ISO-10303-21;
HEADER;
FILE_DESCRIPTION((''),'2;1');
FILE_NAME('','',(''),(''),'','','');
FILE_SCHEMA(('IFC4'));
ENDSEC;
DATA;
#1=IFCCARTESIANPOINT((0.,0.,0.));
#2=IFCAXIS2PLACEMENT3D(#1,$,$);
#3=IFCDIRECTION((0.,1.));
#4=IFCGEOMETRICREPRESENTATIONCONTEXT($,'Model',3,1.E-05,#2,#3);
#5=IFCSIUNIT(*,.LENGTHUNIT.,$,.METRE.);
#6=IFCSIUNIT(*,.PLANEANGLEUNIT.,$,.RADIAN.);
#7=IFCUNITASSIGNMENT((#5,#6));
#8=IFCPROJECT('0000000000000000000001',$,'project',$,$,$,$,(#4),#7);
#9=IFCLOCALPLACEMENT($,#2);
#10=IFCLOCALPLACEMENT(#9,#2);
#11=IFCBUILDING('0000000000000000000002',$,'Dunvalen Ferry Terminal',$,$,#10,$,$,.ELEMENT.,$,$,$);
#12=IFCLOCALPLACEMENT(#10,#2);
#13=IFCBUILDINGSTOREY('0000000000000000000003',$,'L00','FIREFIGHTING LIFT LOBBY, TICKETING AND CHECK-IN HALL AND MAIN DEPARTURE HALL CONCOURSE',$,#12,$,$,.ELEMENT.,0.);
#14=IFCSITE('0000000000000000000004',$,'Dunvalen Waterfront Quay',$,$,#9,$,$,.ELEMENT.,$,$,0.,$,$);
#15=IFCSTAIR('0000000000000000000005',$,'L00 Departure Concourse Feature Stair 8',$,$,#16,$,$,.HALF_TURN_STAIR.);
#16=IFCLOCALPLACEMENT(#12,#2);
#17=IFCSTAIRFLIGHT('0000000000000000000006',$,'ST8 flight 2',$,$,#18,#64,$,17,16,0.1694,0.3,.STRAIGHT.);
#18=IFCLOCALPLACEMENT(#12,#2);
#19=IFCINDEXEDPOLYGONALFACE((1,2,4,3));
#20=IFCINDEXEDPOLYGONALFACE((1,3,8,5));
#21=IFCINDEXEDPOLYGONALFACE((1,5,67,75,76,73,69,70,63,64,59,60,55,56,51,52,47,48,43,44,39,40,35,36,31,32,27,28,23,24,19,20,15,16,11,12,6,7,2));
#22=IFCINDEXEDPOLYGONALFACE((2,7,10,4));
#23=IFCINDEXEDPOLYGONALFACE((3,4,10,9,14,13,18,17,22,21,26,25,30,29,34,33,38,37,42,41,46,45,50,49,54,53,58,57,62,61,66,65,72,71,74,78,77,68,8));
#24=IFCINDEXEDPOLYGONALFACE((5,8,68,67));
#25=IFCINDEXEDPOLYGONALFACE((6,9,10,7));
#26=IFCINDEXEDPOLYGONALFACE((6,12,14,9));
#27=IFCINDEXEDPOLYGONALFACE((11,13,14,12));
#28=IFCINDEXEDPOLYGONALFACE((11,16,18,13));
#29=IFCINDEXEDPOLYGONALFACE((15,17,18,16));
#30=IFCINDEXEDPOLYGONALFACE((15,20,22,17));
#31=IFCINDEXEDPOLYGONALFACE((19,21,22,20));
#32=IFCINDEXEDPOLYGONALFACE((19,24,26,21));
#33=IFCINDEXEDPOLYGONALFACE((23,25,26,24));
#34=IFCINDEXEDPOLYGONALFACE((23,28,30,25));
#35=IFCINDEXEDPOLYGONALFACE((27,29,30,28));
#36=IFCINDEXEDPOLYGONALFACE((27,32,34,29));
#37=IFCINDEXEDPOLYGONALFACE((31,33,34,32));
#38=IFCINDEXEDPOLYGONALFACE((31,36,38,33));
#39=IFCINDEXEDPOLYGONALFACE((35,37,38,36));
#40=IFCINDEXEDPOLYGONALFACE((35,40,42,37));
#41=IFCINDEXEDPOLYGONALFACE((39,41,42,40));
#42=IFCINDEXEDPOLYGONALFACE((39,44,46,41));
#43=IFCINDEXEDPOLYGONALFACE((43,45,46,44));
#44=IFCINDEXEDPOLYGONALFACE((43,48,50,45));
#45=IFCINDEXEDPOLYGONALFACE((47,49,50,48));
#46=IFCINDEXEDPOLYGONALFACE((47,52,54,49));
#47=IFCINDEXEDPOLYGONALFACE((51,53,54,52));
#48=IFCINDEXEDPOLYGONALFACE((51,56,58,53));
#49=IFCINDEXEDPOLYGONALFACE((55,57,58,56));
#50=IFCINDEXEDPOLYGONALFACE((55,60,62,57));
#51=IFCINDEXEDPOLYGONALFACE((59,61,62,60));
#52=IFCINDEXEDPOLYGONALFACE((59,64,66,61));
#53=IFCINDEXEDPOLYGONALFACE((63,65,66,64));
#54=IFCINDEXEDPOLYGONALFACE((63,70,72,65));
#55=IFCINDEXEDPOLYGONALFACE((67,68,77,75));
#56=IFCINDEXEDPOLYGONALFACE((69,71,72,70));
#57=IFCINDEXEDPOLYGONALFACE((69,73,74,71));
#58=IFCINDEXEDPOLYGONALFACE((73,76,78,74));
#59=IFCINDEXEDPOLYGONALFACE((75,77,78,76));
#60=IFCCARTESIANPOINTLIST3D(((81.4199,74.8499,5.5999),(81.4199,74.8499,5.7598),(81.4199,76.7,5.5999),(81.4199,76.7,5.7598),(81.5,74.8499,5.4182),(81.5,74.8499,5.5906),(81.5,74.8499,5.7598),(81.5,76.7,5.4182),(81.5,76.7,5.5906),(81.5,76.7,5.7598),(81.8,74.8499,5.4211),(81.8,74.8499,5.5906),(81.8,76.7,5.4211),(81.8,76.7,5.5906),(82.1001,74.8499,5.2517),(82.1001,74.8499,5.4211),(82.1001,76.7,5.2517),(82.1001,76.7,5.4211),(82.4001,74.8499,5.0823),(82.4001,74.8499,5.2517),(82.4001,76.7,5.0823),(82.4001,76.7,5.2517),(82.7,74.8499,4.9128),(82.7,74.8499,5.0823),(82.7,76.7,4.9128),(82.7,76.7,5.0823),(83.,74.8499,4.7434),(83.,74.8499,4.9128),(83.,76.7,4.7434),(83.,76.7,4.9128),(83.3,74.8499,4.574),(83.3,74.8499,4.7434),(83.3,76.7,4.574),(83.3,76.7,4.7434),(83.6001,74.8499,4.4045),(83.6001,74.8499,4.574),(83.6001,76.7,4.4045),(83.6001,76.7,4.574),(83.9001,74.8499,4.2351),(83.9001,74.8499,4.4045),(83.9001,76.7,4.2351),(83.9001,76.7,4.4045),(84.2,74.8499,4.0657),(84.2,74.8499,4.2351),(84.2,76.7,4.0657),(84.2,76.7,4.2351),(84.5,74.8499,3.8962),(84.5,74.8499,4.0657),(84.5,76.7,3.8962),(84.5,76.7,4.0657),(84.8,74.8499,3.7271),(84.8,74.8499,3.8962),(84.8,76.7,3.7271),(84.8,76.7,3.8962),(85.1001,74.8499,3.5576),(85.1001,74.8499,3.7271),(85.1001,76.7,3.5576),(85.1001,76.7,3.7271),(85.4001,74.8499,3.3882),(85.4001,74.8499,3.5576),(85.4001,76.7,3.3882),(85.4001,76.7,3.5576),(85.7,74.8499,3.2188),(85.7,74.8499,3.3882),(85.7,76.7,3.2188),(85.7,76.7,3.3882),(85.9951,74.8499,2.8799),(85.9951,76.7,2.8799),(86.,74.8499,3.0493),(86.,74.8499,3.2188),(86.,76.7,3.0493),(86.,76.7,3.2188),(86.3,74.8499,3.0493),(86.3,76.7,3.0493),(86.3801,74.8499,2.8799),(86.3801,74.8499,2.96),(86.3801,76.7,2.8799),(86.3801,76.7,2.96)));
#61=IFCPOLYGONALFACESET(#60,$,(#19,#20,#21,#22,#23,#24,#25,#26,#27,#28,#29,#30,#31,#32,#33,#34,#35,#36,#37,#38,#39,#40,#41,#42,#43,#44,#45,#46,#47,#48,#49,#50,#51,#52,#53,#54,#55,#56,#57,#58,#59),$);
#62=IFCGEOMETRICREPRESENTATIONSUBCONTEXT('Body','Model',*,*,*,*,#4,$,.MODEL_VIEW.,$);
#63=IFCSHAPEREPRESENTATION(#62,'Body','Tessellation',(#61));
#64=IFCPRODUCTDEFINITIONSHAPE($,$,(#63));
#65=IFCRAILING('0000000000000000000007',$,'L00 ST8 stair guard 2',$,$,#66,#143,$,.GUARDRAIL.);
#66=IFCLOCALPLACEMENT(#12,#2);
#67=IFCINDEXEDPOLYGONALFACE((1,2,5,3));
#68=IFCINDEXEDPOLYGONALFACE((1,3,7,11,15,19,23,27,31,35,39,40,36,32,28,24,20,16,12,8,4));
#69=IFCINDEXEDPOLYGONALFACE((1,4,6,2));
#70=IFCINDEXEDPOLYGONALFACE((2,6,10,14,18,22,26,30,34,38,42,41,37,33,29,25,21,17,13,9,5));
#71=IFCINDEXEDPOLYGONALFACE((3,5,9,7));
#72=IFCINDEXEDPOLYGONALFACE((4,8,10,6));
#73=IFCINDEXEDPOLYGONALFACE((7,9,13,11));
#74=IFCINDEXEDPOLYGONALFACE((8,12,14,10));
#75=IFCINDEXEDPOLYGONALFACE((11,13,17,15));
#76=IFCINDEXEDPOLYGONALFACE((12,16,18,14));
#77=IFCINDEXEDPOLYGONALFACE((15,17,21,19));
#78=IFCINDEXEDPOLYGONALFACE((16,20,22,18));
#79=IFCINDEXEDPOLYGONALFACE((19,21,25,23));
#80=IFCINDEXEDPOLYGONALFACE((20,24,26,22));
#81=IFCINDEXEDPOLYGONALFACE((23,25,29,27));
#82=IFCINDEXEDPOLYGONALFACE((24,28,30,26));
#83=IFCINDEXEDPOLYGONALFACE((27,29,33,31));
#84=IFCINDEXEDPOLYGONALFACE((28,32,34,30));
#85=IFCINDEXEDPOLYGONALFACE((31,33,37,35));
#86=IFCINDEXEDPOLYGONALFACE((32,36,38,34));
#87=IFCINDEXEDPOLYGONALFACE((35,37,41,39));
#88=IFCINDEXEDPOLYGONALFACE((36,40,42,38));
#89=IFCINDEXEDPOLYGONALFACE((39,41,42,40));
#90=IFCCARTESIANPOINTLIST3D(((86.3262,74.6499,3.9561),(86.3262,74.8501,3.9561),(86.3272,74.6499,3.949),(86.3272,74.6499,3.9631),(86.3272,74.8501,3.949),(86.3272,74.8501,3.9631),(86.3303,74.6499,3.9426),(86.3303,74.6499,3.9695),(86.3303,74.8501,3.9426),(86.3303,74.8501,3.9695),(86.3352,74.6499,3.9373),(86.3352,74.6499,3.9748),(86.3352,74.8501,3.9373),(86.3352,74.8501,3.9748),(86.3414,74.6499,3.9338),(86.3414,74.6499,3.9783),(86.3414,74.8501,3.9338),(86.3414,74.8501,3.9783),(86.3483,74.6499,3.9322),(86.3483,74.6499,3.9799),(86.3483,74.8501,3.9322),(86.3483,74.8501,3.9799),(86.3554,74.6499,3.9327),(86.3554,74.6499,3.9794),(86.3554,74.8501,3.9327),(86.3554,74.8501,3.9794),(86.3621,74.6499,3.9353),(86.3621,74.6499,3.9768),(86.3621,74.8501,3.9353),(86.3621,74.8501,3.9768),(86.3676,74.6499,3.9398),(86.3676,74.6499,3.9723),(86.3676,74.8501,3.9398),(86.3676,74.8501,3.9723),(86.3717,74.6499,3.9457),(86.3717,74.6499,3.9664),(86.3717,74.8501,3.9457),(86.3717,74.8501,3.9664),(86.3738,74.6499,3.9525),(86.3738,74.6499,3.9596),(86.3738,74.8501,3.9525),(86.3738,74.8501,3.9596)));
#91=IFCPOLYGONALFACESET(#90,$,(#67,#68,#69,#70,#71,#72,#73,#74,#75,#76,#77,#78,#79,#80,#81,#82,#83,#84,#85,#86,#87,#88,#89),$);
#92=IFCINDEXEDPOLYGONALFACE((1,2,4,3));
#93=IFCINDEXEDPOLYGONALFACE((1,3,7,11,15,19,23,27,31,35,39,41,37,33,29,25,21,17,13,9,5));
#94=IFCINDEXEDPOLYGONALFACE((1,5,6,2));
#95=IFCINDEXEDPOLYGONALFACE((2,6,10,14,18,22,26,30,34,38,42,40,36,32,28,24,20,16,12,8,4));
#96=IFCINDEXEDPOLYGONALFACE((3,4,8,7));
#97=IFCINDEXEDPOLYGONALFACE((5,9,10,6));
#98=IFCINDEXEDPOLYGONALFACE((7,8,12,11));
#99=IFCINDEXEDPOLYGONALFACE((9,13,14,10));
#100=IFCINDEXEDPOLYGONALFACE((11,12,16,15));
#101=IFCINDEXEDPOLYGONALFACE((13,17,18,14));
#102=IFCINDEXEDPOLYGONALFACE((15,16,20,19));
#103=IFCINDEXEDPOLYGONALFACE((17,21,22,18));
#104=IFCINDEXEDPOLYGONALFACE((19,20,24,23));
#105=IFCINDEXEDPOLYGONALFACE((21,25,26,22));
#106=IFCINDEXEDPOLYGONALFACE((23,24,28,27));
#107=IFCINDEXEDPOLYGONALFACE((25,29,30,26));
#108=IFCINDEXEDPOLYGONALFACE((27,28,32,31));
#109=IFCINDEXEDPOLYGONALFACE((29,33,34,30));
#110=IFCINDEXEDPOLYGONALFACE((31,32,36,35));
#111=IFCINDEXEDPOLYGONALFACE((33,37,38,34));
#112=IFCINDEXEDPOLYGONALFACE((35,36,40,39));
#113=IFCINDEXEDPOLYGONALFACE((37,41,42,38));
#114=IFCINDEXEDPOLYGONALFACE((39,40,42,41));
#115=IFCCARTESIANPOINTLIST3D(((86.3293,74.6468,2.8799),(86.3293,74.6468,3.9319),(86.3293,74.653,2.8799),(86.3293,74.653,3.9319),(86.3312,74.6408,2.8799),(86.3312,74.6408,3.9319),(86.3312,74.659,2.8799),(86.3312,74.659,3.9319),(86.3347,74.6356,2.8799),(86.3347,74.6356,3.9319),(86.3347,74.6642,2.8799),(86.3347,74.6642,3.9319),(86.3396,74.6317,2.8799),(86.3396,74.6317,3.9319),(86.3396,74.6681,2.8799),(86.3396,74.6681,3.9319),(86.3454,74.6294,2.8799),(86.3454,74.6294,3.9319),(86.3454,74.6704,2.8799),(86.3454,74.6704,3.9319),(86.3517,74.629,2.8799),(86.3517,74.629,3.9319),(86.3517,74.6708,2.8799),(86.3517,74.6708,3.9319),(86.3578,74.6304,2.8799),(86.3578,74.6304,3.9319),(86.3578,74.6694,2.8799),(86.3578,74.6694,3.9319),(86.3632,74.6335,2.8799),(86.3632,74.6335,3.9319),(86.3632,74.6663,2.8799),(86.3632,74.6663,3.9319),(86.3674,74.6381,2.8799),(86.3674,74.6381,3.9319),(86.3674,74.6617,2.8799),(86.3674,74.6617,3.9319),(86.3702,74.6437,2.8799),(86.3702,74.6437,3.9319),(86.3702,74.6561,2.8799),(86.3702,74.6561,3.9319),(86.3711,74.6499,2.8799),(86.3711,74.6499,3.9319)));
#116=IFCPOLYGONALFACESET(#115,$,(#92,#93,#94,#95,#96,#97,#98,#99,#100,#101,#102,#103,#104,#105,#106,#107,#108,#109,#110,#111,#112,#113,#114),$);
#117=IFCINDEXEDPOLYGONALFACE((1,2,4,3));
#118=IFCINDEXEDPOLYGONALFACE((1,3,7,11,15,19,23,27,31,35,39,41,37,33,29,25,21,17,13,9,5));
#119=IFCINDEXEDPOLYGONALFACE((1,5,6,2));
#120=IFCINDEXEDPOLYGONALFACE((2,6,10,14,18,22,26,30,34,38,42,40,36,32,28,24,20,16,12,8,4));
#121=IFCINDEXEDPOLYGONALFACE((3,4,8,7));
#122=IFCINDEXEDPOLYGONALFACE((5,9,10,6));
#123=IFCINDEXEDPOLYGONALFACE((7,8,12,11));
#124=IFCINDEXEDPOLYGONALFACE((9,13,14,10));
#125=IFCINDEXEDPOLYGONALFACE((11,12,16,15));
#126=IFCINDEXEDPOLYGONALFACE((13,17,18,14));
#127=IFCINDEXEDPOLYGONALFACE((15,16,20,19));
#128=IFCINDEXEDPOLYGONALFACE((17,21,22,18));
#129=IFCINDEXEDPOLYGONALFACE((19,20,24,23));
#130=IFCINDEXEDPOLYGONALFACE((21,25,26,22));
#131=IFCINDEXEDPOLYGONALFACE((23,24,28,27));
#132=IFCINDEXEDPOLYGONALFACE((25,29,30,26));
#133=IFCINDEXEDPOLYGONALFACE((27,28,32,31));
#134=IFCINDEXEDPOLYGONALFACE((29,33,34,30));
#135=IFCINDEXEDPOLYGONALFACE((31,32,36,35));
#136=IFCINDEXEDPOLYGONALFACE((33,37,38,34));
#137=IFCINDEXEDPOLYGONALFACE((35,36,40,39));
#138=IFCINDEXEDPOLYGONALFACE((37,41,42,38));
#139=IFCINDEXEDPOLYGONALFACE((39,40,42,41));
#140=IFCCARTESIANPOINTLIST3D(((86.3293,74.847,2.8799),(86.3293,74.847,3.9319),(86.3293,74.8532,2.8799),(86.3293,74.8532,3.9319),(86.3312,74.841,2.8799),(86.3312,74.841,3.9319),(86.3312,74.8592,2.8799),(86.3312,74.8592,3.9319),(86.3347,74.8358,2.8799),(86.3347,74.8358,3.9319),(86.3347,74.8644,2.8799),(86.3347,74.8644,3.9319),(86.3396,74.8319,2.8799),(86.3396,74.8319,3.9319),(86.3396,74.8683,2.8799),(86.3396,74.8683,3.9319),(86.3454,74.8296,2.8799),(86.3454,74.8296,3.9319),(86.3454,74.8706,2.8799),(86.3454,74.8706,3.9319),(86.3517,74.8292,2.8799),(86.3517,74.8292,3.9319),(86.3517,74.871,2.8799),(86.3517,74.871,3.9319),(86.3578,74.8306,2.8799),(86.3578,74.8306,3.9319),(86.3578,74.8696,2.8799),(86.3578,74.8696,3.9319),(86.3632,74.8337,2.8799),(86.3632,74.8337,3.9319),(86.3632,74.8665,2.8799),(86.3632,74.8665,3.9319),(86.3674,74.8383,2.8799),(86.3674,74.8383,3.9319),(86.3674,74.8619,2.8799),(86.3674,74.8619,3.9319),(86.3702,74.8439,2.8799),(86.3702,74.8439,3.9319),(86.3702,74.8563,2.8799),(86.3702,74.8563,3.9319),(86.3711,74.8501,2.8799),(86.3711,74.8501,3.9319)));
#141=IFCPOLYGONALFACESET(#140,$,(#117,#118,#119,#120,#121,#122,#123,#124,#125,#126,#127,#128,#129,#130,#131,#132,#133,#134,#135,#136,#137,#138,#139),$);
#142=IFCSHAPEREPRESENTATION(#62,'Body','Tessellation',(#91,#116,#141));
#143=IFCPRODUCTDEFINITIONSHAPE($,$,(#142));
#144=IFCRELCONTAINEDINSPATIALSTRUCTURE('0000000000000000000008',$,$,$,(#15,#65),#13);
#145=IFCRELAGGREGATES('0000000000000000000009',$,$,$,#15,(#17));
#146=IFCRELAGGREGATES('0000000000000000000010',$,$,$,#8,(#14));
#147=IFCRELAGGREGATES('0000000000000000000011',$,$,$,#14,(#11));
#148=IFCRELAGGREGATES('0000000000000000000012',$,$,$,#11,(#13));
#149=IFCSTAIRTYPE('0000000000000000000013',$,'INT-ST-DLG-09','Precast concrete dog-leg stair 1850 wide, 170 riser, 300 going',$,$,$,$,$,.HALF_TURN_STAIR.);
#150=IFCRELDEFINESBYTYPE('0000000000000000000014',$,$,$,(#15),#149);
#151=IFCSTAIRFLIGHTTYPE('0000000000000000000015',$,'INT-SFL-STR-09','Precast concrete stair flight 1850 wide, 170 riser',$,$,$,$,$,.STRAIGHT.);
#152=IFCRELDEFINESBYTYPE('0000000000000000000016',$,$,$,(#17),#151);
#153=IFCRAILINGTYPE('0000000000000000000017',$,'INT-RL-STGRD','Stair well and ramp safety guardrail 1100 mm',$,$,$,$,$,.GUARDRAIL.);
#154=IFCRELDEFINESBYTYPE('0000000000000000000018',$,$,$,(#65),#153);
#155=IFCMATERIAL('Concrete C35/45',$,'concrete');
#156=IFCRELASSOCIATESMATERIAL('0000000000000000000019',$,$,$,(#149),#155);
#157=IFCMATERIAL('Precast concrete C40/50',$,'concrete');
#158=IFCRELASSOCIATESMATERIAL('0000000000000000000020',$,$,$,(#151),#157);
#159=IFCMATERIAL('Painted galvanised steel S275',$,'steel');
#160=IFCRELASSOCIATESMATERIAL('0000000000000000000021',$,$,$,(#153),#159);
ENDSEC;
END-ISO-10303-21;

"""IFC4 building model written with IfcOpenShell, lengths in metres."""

from ifc_helpers import new_model, si_unit, direction, frame, origin, origin_2d, place, context, subcontext, project, spatial, polyline, circle, outline, extrude, material, type_object, element, aggregate, save


model = new_model("IFC4")

# Units and contexts
model_context = context("Model", 3, precision=1e-05, world=origin(), true_north=direction((0.0, 1.0)))
body_context = subcontext(model_context, "Body", "Model", "MODEL_VIEW")
ifc_project = project(units=[si_unit("LENGTHUNIT", "METRE"), si_unit("PLANEANGLEUNIT", "RADIAN")], contexts=[model_context])

# Site, building, storey
site_placement = place(None, origin())
site = spatial("IfcSite", under=ifc_project, at=site_placement, Name="Dunvalen Waterfront Quay", CompositionType="ELEMENT", RefElevation=0.0)
building_placement = place(site_placement, origin())
building = spatial("IfcBuilding", under=site, at=building_placement, Name="Dunvalen Ferry Terminal", CompositionType="ELEMENT")
storey_placement = place(building_placement, origin())
storey = spatial("IfcBuildingStorey", under=building, at=storey_placement, Name="L00", Description="FIREFIGHTING LIFT LOBBY, TICKETING AND CHECK-IN HALL AND MAIN DEPARTURE HALL CONCOURSE", CompositionType="ELEMENT", Elevation=0.0)

# Stair, stair flight
ifc_material_1 = material(Name="Concrete C35/45", Category="concrete")
stair_type = type_object("IfcStairType", Name="INT-ST-DLG-09", Description="Precast concrete dog-leg stair 1850 wide, 170 riser, 300 going", PredefinedType="HALF_TURN_STAIR", material=ifc_material_1)
stair_placement = place(storey_placement, origin())
stair = element("IfcStair", 1, at=stair_placement, inside=storey, type_object=stair_type, Name="L00 Departure Concourse Feature Stair 8", PredefinedType="HALF_TURN_STAIR")
ifc_material_2 = material(Name="Precast concrete C40/50", Category="concrete")
stair_flight_type = type_object("IfcStairFlightType", Name="INT-SFL-STR-09", Description="Precast concrete stair flight 1850 wide, 170 riser", PredefinedType="STRAIGHT", material=ifc_material_2)
stair_flight_placement = place(storey_placement, frame((86.3, 75.7749, 2.8799), z_axis=(0.0, 0.0, 1.0), x_axis=(-1.0, 0.0, 0.0)))
stair_flight = element("IfcStairFlight", 2, at=stair_flight_placement, type_object=stair_flight_type, Name="ST8 flight 2", NumberOfRisers=17, NumberOfTreads=16, PredefinedType="STRAIGHT", RiserHeight=0.1694, TreadLength=0.3, context=body_context, shape_type="SweptSolid", body=[
    extrude(outline(polyline([(-0.0801, 0.0), (-0.0801, 0.0801), (0.0, 0.1694), (0.3, 0.1694), (0.3, 0.3389), (0.6001, 0.3389), (0.6001, 0.5083), (0.8999, 0.5083), (0.8999, 0.6777), (1.2, 0.6777), (1.2, 0.8472), (1.5, 0.8472), (1.5, 1.0164), (1.8, 1.0164), (1.8, 1.1858), (2.1001, 1.1858), (2.1001, 1.3552), (2.3999, 1.3552), (2.3999, 1.5247), (2.7, 1.5247), (2.7, 1.6941), (3.0, 1.6941), (3.0, 1.8635), (3.3, 1.8635), (3.3, 2.033), (3.6001, 2.033), (3.6001, 2.2024), (3.8999, 2.2024), (3.8999, 2.3718), (4.2, 2.3718), (4.2, 2.5413), (4.5, 2.5413), (4.5, 2.7107), (4.8, 2.7107), (4.8, 2.8799), (4.8801, 2.8799), (4.8801, 2.72), (4.8, 2.5383), (0.3049, 0.0), (-0.0801, 0.0)])), frame((0.0, 0.925, 0.0), z_axis=(0.0, -1.0, 0.0), x_axis=(1.0, 0.0, 0.0)), (0.0, 0.0, 1.0), 1.8501),
])
aggregate(stair, [stair_flight])

# Railing
ifc_material_3 = material(Name="Painted galvanised steel S275", Category="steel")
railing_type_1 = type_object("IfcRailingType", Name="INT-RL-STGRD", Description="Stair well and ramp safety guardrail 1100 mm", PredefinedType="GUARDRAIL", material=ifc_material_3)
railing_1_placement = place(storey_placement, frame((86.3501, 74.6499, 2.8799)))
element("IfcRailing", 3, at=railing_1_placement, inside=storey, type_object=railing_type_1, Name="L00 ST8 stair guard 2", PredefinedType="GUARDRAIL", context=body_context, shape_type="SweptSolid", body=[
    extrude(circle(Radius=0.0239, at=origin_2d()), frame((0.0, 0.0, 1.0762), z_axis=(0.0, 1.0, 0.0), x_axis=(-1.0, 0.0, 0.0)), (0.0, 0.0, 1.0), 0.2002),
    extrude(circle(Radius=0.021, at=origin_2d()), origin(), (0.0, 0.0, 1.0), 1.052),
    extrude(circle(Radius=0.021, at=origin_2d()), frame((0.0, 0.2002, 0.0)), (0.0, 0.0, 1.0), 1.052),
])

save(model, "model.ifc")
